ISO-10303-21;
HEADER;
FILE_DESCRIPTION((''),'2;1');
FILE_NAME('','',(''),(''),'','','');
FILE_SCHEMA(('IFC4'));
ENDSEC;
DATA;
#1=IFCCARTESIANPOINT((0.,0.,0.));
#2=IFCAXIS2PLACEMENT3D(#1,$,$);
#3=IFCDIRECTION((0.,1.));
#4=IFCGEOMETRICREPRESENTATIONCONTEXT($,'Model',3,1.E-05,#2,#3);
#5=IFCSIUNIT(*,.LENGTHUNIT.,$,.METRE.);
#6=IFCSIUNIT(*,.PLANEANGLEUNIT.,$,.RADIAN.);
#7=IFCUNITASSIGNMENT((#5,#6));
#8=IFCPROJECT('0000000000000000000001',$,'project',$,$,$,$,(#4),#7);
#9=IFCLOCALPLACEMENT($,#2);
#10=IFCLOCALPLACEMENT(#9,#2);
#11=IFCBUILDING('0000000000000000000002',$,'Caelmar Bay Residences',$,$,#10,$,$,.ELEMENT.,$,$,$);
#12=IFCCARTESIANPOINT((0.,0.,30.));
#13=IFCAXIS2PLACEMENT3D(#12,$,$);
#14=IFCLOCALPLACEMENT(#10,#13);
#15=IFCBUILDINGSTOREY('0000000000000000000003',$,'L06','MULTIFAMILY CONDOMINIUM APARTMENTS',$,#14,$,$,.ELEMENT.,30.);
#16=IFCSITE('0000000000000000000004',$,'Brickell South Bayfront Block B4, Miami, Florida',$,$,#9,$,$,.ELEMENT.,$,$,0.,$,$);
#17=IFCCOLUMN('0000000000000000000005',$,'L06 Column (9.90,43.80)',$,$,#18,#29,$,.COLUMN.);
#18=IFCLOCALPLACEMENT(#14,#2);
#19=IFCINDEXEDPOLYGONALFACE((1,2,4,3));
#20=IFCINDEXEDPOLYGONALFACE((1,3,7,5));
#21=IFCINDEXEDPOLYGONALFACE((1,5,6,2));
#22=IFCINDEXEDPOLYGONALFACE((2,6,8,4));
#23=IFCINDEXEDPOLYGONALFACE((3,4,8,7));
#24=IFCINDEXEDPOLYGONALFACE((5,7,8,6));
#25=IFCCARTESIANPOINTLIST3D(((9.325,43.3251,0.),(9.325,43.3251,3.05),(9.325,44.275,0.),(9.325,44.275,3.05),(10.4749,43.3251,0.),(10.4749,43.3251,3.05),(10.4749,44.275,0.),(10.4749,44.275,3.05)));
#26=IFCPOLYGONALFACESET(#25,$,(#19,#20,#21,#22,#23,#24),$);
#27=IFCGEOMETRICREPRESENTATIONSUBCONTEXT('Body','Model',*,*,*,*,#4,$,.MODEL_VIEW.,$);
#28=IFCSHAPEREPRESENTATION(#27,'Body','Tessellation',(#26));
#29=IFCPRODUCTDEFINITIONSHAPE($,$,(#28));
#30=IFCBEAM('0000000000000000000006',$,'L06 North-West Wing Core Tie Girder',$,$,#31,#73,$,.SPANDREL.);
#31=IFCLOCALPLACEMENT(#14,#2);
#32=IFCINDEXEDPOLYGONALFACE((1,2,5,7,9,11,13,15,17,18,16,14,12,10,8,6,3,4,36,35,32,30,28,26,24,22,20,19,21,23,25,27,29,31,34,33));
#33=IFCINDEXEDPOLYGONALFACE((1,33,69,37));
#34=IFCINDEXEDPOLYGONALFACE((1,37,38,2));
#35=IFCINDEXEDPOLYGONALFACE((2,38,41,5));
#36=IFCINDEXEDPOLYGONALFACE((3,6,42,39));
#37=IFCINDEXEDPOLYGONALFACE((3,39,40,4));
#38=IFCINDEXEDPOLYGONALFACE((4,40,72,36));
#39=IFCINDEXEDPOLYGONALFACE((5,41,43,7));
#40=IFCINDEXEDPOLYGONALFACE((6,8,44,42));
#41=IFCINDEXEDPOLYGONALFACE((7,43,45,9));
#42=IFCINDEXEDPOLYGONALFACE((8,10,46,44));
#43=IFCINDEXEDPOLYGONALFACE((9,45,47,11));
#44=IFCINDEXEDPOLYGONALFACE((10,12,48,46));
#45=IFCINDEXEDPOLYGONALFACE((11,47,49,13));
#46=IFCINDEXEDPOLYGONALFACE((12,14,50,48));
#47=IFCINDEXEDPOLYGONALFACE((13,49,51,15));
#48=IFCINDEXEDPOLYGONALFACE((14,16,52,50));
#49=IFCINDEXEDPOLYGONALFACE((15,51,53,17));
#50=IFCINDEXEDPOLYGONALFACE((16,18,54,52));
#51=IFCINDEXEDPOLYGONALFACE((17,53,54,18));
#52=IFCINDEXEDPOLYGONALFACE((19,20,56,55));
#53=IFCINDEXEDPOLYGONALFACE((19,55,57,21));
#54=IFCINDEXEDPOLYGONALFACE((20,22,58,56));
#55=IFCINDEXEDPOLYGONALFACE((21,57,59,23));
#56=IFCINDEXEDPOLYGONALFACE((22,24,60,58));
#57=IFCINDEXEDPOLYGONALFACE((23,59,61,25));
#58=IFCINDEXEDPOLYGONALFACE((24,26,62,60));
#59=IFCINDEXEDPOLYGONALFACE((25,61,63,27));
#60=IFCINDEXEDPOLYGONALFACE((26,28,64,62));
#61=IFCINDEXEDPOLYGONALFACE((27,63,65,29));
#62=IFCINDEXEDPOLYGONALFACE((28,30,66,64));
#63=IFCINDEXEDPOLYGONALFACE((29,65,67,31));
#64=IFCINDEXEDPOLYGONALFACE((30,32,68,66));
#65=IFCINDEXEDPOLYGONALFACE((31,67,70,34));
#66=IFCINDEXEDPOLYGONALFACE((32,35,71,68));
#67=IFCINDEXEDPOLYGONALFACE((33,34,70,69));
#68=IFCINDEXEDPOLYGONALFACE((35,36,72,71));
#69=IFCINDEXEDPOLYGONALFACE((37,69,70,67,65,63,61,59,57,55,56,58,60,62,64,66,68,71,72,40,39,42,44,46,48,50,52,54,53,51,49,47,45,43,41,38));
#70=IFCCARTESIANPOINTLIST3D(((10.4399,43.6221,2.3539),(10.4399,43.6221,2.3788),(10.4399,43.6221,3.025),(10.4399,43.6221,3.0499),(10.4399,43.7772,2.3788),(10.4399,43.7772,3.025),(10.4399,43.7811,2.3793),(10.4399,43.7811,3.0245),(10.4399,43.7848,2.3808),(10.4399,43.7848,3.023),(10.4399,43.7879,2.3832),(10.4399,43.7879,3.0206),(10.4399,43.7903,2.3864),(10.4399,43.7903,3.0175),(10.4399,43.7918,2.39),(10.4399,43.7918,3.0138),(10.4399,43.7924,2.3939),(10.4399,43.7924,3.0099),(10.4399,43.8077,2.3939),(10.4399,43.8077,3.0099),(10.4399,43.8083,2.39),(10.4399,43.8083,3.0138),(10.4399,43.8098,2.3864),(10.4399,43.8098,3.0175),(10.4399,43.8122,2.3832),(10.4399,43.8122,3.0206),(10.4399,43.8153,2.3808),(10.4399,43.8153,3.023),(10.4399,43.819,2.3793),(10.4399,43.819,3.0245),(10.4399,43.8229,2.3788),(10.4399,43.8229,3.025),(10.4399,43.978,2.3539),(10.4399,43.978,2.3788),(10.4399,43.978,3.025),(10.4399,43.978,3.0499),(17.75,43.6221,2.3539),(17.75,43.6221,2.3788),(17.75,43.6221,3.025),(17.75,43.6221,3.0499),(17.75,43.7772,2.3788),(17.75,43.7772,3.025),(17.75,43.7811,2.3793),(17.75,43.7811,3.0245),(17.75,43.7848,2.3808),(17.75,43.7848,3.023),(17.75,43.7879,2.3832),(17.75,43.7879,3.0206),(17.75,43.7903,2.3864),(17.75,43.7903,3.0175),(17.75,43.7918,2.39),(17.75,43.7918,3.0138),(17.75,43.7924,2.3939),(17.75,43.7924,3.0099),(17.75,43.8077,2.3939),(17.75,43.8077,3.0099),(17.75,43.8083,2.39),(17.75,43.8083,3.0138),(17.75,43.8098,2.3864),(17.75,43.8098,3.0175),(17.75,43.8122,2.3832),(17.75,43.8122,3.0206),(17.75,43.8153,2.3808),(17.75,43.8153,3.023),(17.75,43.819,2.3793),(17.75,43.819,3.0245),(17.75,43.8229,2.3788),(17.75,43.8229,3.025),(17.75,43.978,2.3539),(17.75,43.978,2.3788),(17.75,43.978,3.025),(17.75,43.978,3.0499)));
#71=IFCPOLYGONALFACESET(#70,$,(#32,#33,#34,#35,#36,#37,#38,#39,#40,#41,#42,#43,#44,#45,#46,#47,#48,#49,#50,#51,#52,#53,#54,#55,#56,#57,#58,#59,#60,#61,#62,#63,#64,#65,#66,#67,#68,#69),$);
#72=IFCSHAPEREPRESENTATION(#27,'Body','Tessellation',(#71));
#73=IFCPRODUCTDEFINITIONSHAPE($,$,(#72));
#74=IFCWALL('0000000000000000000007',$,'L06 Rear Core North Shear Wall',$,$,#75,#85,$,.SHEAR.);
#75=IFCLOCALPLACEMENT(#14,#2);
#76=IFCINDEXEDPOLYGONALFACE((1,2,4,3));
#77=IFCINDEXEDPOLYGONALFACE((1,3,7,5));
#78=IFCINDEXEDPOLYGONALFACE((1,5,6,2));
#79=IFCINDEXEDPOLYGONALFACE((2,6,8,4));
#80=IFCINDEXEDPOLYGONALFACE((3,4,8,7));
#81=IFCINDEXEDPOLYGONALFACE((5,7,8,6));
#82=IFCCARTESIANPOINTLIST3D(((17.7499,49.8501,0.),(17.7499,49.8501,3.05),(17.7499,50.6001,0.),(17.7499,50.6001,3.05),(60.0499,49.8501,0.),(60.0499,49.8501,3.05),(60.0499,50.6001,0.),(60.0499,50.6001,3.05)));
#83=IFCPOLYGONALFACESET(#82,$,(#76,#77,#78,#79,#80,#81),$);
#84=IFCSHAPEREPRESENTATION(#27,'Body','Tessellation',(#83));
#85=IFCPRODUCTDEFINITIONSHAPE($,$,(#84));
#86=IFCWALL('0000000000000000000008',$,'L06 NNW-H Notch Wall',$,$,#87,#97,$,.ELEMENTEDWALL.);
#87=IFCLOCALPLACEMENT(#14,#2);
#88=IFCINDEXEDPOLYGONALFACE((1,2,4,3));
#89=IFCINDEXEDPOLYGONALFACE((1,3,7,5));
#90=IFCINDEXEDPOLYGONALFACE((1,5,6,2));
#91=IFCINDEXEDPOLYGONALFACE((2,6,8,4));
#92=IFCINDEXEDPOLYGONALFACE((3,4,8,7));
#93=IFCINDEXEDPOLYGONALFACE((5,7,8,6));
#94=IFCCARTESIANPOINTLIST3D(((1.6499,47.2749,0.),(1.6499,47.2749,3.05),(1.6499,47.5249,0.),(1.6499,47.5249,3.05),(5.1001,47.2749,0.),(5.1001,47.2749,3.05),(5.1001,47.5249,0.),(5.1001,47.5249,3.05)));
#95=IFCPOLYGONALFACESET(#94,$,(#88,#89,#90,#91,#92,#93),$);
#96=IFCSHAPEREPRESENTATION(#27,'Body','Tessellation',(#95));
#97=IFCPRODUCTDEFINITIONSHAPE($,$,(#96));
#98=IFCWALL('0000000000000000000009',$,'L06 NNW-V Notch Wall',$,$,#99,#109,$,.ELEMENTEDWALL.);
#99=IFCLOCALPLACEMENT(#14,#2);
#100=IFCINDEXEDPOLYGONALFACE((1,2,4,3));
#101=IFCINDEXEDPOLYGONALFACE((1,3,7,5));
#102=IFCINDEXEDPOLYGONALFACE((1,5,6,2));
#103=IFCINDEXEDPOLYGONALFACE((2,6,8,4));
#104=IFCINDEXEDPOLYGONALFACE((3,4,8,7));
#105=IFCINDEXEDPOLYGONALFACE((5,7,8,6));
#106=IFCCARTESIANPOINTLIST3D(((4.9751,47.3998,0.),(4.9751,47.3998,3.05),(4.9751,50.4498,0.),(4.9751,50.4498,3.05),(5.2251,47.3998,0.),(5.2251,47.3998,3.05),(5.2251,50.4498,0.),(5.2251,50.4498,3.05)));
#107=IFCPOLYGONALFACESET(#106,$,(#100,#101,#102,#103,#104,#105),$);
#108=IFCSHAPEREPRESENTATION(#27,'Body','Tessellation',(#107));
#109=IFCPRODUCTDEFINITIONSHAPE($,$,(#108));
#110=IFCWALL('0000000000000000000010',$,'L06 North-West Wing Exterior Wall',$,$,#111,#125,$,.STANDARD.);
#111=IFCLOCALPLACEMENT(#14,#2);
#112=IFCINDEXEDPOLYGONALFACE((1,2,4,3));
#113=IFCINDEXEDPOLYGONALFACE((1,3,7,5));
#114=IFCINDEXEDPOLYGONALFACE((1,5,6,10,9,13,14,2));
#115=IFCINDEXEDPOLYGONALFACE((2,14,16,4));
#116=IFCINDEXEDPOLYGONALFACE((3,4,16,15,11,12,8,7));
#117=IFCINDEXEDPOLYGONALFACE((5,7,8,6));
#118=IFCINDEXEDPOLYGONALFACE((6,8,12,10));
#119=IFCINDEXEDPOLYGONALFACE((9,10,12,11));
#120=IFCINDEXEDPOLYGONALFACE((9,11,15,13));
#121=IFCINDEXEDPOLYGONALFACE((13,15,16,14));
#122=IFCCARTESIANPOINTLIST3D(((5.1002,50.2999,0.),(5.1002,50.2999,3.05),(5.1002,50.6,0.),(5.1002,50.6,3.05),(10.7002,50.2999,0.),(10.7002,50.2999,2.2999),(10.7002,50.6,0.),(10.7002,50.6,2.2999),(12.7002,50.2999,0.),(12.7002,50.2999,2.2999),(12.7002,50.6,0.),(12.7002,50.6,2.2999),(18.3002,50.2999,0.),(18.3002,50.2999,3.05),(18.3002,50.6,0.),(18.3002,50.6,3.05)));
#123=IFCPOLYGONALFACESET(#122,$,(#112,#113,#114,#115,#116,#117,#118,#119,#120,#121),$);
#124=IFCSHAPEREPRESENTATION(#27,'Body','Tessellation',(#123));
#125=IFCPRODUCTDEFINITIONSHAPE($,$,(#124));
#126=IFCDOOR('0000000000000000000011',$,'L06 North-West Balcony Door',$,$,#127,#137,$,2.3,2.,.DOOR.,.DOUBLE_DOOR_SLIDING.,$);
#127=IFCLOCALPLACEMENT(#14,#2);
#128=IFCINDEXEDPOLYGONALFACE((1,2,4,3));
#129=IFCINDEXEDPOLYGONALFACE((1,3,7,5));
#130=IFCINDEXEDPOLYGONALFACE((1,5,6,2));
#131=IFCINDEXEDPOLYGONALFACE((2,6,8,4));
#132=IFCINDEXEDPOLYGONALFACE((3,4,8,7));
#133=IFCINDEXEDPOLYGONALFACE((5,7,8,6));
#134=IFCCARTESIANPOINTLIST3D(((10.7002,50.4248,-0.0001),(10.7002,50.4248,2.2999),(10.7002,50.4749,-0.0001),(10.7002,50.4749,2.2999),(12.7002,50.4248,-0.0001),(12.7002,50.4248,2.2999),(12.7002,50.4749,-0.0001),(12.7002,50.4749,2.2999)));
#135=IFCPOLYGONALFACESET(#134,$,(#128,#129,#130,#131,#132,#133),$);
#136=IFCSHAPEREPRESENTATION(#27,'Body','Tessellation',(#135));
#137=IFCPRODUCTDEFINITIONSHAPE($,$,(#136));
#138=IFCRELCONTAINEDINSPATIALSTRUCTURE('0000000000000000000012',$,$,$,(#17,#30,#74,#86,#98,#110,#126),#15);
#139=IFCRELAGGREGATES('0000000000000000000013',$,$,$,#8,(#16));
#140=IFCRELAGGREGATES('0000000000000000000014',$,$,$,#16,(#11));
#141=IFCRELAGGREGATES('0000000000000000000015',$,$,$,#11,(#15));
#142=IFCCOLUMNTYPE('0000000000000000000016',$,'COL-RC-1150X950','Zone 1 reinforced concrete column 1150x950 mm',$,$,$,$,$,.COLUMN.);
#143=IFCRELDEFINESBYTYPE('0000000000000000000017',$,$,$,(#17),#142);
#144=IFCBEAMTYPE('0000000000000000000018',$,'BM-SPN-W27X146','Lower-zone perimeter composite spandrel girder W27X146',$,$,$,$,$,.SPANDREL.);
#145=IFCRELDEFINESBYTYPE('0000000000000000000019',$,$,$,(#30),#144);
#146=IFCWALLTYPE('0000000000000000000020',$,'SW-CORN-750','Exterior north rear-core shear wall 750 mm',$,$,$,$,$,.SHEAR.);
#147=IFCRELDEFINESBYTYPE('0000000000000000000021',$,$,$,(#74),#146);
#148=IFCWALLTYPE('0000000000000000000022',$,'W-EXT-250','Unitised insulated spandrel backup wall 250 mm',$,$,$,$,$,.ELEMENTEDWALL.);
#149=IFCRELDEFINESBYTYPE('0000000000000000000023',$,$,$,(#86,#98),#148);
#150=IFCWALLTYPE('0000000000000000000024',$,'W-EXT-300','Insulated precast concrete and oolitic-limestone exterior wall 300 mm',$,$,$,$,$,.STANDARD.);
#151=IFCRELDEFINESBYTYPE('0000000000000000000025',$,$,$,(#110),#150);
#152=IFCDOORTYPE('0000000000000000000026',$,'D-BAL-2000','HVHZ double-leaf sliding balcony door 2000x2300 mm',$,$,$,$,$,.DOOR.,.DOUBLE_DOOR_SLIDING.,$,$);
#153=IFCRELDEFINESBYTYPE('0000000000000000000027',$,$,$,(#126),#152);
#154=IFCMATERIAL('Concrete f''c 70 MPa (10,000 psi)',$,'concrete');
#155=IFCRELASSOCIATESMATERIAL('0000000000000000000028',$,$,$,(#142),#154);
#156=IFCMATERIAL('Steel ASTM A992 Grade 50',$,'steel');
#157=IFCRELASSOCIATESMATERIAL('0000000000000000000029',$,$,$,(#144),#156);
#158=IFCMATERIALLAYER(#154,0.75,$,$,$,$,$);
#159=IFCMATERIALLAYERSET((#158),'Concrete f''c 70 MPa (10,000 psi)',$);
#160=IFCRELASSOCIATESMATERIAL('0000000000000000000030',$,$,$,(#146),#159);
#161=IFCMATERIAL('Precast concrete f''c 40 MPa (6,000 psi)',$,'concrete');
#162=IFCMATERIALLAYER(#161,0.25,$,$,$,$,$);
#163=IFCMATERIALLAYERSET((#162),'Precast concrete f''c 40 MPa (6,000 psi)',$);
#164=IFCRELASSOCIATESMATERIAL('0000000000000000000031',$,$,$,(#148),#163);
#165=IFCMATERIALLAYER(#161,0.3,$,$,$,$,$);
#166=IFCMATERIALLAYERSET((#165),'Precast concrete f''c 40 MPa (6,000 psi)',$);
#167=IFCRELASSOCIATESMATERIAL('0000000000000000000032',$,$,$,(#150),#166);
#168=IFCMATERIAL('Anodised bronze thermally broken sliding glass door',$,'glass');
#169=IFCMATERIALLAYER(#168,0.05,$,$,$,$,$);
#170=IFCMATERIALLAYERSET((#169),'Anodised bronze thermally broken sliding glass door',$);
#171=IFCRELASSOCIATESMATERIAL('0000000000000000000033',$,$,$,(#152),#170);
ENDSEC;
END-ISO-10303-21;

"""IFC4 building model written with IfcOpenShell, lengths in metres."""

from ifc_helpers import new_model, si_unit, direction, frame, frame_2d, origin, origin_2d, place, context, subcontext, project, spatial, rectangle, i_section, extrude, material, layer, layer_set, material_profile, profile_set, type_object, element, fill, save


model = new_model("IFC4")

# Units and contexts
model_context = context("Model", 3, precision=1e-05, world=origin(), true_north=direction((0.0, 1.0)))
body_context = subcontext(model_context, "Body", "Model", "MODEL_VIEW")
ifc_project = project(units=[si_unit("LENGTHUNIT", "METRE"), si_unit("PLANEANGLEUNIT", "RADIAN")], contexts=[model_context])

# Site, building, storey
site_placement = place(None, origin())
site = spatial("IfcSite", under=ifc_project, at=site_placement, Name="Brickell South Bayfront Block B4, Miami, Florida", CompositionType="ELEMENT", RefElevation=0.0)
building_placement = place(site_placement, origin())
building = spatial("IfcBuilding", under=site, at=building_placement, Name="Caelmar Bay Residences", CompositionType="ELEMENT")
storey_placement = place(building_placement, frame((0.0, 0.0, 30.0)))
storey = spatial("IfcBuildingStorey", under=building, at=storey_placement, Name="L06", Description="MULTIFAMILY CONDOMINIUM APARTMENTS", CompositionType="ELEMENT", Elevation=30.0)

# Column
ifc_material_1 = material(Name="Concrete f'c 70 MPa (10,000 psi)", Category="concrete")
ifc_material_profile_1 = material_profile(ifc_material_1, rectangle(XDim=1.1499, YDim=0.95, at=origin_2d()), Name="RC-COL-1150X950")
ifc_profile_set_1 = profile_set([ifc_material_profile_1], Name="Concrete f'c 70 MPa (10,000 psi)")
column_type = type_object("IfcColumnType", Name="COL-RC-1150X950", Description="Zone 1 reinforced concrete column 1150x950 mm", PredefinedType="COLUMN", material=ifc_profile_set_1)
column_placement = place(storey_placement, frame((9.8999, 43.8, 0.0), z_axis=(0.0, 0.0, 1.0), x_axis=(1.0, 0.0, 0.0)))
element("IfcColumn", 1, at=column_placement, inside=storey, type_object=column_type, Name="L06 Column (9.90,43.80)", PredefinedType="COLUMN", context=body_context, shape_type="SweptSolid", body=[
    extrude(rectangle(XDim=1.1499, YDim=0.95, at=origin_2d()), origin(), (0.0, 0.0, 1.0), 3.05),
])

# Beam
ifc_material_2 = material(Name="Steel ASTM A992 Grade 50", Category="steel")
ifc_material_profile_2 = material_profile(ifc_material_2, i_section(OverallWidth=0.356, OverallDepth=0.696, WebThickness=0.0154, FlangeThickness=0.0249, FilletRadius=0.0151, at=origin_2d()), Name="W27X146")
ifc_profile_set_2 = profile_set([ifc_material_profile_2], Name="Steel ASTM A992 Grade 50")
beam_type = type_object("IfcBeamType", Name="BM-SPN-W27X146", Description="Lower-zone perimeter composite spandrel girder W27X146", PredefinedType="SPANDREL", material=ifc_profile_set_2)
beam_placement = place(storey_placement, frame((10.4399, 43.8, 2.7019), z_axis=(1.0, 0.0, 0.0), x_axis=(0.0, 1.0, 0.0)))
element("IfcBeam", 2, at=beam_placement, inside=storey, type_object=beam_type, Name="L06 North-West Wing Core Tie Girder", PredefinedType="SPANDREL", context=body_context, shape_type="SweptSolid", body=[
    extrude(i_section(OverallWidth=0.356, OverallDepth=0.696, WebThickness=0.0154, FlangeThickness=0.0249, FilletRadius=0.0151, at=origin_2d()), origin(), (0.0, 0.0, 1.0), 7.3101),
])

# Walls
ifc_layer_1 = layer(ifc_material_1, 0.75)
ifc_layer_set_1 = layer_set([ifc_layer_1], Name="Concrete f'c 70 MPa (10,000 psi)")
wall_type_1 = type_object("IfcWallType", Name="SW-CORN-750", Description="Exterior north rear-core shear wall 750 mm", PredefinedType="SHEAR", material=ifc_layer_set_1)
wall_1_placement = place(storey_placement, frame((17.75, 50.2251, 0.0), z_axis=(0.0, 0.0, 1.0), x_axis=(1.0, 0.0, 0.0)))
element("IfcWall", 3, at=wall_1_placement, inside=storey, type_object=wall_type_1, Name="L06 Rear Core North Shear Wall", PredefinedType="SHEAR", context=body_context, shape_type="SweptSolid", body=[
    extrude(rectangle(XDim=42.3, YDim=0.75, at=frame_2d((21.1499, 0.0))), origin(), (0.0, 0.0, 1.0), 3.05),
])
ifc_material_3 = material(Name="Precast concrete f'c 40 MPa (6,000 psi)", Category="concrete")
ifc_layer_2 = layer(ifc_material_3, 0.25)
ifc_layer_set_2 = layer_set([ifc_layer_2], Name="Precast concrete f'c 40 MPa (6,000 psi)")
wall_type_2 = type_object("IfcWallType", Name="W-EXT-250", Description="Unitised insulated spandrel backup wall 250 mm", PredefinedType="ELEMENTEDWALL", material=ifc_layer_set_2)
wall_2_placement = place(storey_placement, frame((1.6499, 47.3999, 0.0), z_axis=(0.0, 0.0, 1.0), x_axis=(1.0, 0.0, 0.0)))
element("IfcWall", 4, at=wall_2_placement, inside=storey, type_object=wall_type_2, Name="L06 NNW-H Notch Wall", PredefinedType="ELEMENTEDWALL", context=body_context, shape_type="SweptSolid", body=[
    extrude(rectangle(XDim=3.4502, YDim=0.25, at=frame_2d((1.7251, 0.0))), origin(), (0.0, 0.0, 1.0), 3.05),
])
wall_3_placement = place(storey_placement, frame((5.1001, 47.3999, 0.0), z_axis=(0.0, 0.0, 1.0), x_axis=(0.0, 1.0, 0.0)))
element("IfcWall", 5, at=wall_3_placement, inside=storey, type_object=wall_type_2, Name="L06 NNW-V Notch Wall", PredefinedType="ELEMENTEDWALL", context=body_context, shape_type="SweptSolid", body=[
    extrude(rectangle(XDim=3.05, YDim=0.25, at=frame_2d((1.5249, 0.0))), origin(), (0.0, 0.0, 1.0), 3.05),
])

# Wall, opening, door
ifc_layer_3 = layer(ifc_material_3, 0.3)
ifc_layer_set_3 = layer_set([ifc_layer_3], Name="Precast concrete f'c 40 MPa (6,000 psi)")
wall_type_3 = type_object("IfcWallType", Name="W-EXT-300", Description="Insulated precast concrete and oolitic-limestone exterior wall 300 mm", PredefinedType="STANDARD", material=ifc_layer_set_3)
wall_4_placement = place(storey_placement, frame((5.1001, 50.45, 0.0), z_axis=(0.0, 0.0, 1.0), x_axis=(1.0, 0.0, 0.0)))
wall_4 = element("IfcWall", 6, at=wall_4_placement, inside=storey, type_object=wall_type_3, Name="L06 North-West Wing Exterior Wall", PredefinedType="STANDARD", context=body_context, shape_type="SweptSolid", body=[
    extrude(rectangle(XDim=13.2, YDim=0.3, at=frame_2d((6.6001, 0.0))), origin(), (0.0, 0.0, 1.0), 3.05),
])
opening_1_placement = place(wall_4_placement, frame((5.6001, 0.0, 0.0)))
opening_1 = element("IfcOpeningElement", 7, at=opening_1_placement, cuts=wall_4, PredefinedType="OPENING", context=body_context, shape_type="SweptSolid", body=[
    extrude(rectangle(XDim=2.0, YDim=2.3, at=frame_2d((1.0, 1.1499))), frame((0.0, 0.1599, 0.0), z_axis=(0.0, -1.0, 0.0), x_axis=(1.0, 0.0, 0.0)), (0.0, 0.0, 1.0), 0.3201),
])
ifc_material_4 = material(Name="Anodised bronze thermally broken sliding glass door", Category="glass")
ifc_layer_4 = layer(ifc_material_4, 0.05)
ifc_layer_set_4 = layer_set([ifc_layer_4], Name="Anodised bronze thermally broken sliding glass door")
door_type_1 = type_object("IfcDoorType", Name="D-BAL-2000", Description="HVHZ double-leaf sliding balcony door 2000x2300 mm", OperationType="DOUBLE_DOOR_SLIDING", PredefinedType="DOOR", material=ifc_layer_set_4)
door_1_placement = place(opening_1_placement, origin())
door_1 = element("IfcDoor", 8, at=door_1_placement, inside=storey, type_object=door_type_1, Name="L06 North-West Balcony Door", OperationType="DOUBLE_DOOR_SLIDING", OverallHeight=2.3, OverallWidth=2.0, PredefinedType="DOOR", context=body_context, shape_type="SweptSolid", body=[
    extrude(rectangle(XDim=2.0, YDim=2.3, at=frame_2d((1.0, 1.1499))), frame((0.0, 0.0249, 0.0), z_axis=(0.0, -1.0, 0.0), x_axis=(1.0, 0.0, 0.0)), (0.0, 0.0, 1.0), 0.05),
])
fill(opening_1, door_1)

save(model, "model.ifc")
